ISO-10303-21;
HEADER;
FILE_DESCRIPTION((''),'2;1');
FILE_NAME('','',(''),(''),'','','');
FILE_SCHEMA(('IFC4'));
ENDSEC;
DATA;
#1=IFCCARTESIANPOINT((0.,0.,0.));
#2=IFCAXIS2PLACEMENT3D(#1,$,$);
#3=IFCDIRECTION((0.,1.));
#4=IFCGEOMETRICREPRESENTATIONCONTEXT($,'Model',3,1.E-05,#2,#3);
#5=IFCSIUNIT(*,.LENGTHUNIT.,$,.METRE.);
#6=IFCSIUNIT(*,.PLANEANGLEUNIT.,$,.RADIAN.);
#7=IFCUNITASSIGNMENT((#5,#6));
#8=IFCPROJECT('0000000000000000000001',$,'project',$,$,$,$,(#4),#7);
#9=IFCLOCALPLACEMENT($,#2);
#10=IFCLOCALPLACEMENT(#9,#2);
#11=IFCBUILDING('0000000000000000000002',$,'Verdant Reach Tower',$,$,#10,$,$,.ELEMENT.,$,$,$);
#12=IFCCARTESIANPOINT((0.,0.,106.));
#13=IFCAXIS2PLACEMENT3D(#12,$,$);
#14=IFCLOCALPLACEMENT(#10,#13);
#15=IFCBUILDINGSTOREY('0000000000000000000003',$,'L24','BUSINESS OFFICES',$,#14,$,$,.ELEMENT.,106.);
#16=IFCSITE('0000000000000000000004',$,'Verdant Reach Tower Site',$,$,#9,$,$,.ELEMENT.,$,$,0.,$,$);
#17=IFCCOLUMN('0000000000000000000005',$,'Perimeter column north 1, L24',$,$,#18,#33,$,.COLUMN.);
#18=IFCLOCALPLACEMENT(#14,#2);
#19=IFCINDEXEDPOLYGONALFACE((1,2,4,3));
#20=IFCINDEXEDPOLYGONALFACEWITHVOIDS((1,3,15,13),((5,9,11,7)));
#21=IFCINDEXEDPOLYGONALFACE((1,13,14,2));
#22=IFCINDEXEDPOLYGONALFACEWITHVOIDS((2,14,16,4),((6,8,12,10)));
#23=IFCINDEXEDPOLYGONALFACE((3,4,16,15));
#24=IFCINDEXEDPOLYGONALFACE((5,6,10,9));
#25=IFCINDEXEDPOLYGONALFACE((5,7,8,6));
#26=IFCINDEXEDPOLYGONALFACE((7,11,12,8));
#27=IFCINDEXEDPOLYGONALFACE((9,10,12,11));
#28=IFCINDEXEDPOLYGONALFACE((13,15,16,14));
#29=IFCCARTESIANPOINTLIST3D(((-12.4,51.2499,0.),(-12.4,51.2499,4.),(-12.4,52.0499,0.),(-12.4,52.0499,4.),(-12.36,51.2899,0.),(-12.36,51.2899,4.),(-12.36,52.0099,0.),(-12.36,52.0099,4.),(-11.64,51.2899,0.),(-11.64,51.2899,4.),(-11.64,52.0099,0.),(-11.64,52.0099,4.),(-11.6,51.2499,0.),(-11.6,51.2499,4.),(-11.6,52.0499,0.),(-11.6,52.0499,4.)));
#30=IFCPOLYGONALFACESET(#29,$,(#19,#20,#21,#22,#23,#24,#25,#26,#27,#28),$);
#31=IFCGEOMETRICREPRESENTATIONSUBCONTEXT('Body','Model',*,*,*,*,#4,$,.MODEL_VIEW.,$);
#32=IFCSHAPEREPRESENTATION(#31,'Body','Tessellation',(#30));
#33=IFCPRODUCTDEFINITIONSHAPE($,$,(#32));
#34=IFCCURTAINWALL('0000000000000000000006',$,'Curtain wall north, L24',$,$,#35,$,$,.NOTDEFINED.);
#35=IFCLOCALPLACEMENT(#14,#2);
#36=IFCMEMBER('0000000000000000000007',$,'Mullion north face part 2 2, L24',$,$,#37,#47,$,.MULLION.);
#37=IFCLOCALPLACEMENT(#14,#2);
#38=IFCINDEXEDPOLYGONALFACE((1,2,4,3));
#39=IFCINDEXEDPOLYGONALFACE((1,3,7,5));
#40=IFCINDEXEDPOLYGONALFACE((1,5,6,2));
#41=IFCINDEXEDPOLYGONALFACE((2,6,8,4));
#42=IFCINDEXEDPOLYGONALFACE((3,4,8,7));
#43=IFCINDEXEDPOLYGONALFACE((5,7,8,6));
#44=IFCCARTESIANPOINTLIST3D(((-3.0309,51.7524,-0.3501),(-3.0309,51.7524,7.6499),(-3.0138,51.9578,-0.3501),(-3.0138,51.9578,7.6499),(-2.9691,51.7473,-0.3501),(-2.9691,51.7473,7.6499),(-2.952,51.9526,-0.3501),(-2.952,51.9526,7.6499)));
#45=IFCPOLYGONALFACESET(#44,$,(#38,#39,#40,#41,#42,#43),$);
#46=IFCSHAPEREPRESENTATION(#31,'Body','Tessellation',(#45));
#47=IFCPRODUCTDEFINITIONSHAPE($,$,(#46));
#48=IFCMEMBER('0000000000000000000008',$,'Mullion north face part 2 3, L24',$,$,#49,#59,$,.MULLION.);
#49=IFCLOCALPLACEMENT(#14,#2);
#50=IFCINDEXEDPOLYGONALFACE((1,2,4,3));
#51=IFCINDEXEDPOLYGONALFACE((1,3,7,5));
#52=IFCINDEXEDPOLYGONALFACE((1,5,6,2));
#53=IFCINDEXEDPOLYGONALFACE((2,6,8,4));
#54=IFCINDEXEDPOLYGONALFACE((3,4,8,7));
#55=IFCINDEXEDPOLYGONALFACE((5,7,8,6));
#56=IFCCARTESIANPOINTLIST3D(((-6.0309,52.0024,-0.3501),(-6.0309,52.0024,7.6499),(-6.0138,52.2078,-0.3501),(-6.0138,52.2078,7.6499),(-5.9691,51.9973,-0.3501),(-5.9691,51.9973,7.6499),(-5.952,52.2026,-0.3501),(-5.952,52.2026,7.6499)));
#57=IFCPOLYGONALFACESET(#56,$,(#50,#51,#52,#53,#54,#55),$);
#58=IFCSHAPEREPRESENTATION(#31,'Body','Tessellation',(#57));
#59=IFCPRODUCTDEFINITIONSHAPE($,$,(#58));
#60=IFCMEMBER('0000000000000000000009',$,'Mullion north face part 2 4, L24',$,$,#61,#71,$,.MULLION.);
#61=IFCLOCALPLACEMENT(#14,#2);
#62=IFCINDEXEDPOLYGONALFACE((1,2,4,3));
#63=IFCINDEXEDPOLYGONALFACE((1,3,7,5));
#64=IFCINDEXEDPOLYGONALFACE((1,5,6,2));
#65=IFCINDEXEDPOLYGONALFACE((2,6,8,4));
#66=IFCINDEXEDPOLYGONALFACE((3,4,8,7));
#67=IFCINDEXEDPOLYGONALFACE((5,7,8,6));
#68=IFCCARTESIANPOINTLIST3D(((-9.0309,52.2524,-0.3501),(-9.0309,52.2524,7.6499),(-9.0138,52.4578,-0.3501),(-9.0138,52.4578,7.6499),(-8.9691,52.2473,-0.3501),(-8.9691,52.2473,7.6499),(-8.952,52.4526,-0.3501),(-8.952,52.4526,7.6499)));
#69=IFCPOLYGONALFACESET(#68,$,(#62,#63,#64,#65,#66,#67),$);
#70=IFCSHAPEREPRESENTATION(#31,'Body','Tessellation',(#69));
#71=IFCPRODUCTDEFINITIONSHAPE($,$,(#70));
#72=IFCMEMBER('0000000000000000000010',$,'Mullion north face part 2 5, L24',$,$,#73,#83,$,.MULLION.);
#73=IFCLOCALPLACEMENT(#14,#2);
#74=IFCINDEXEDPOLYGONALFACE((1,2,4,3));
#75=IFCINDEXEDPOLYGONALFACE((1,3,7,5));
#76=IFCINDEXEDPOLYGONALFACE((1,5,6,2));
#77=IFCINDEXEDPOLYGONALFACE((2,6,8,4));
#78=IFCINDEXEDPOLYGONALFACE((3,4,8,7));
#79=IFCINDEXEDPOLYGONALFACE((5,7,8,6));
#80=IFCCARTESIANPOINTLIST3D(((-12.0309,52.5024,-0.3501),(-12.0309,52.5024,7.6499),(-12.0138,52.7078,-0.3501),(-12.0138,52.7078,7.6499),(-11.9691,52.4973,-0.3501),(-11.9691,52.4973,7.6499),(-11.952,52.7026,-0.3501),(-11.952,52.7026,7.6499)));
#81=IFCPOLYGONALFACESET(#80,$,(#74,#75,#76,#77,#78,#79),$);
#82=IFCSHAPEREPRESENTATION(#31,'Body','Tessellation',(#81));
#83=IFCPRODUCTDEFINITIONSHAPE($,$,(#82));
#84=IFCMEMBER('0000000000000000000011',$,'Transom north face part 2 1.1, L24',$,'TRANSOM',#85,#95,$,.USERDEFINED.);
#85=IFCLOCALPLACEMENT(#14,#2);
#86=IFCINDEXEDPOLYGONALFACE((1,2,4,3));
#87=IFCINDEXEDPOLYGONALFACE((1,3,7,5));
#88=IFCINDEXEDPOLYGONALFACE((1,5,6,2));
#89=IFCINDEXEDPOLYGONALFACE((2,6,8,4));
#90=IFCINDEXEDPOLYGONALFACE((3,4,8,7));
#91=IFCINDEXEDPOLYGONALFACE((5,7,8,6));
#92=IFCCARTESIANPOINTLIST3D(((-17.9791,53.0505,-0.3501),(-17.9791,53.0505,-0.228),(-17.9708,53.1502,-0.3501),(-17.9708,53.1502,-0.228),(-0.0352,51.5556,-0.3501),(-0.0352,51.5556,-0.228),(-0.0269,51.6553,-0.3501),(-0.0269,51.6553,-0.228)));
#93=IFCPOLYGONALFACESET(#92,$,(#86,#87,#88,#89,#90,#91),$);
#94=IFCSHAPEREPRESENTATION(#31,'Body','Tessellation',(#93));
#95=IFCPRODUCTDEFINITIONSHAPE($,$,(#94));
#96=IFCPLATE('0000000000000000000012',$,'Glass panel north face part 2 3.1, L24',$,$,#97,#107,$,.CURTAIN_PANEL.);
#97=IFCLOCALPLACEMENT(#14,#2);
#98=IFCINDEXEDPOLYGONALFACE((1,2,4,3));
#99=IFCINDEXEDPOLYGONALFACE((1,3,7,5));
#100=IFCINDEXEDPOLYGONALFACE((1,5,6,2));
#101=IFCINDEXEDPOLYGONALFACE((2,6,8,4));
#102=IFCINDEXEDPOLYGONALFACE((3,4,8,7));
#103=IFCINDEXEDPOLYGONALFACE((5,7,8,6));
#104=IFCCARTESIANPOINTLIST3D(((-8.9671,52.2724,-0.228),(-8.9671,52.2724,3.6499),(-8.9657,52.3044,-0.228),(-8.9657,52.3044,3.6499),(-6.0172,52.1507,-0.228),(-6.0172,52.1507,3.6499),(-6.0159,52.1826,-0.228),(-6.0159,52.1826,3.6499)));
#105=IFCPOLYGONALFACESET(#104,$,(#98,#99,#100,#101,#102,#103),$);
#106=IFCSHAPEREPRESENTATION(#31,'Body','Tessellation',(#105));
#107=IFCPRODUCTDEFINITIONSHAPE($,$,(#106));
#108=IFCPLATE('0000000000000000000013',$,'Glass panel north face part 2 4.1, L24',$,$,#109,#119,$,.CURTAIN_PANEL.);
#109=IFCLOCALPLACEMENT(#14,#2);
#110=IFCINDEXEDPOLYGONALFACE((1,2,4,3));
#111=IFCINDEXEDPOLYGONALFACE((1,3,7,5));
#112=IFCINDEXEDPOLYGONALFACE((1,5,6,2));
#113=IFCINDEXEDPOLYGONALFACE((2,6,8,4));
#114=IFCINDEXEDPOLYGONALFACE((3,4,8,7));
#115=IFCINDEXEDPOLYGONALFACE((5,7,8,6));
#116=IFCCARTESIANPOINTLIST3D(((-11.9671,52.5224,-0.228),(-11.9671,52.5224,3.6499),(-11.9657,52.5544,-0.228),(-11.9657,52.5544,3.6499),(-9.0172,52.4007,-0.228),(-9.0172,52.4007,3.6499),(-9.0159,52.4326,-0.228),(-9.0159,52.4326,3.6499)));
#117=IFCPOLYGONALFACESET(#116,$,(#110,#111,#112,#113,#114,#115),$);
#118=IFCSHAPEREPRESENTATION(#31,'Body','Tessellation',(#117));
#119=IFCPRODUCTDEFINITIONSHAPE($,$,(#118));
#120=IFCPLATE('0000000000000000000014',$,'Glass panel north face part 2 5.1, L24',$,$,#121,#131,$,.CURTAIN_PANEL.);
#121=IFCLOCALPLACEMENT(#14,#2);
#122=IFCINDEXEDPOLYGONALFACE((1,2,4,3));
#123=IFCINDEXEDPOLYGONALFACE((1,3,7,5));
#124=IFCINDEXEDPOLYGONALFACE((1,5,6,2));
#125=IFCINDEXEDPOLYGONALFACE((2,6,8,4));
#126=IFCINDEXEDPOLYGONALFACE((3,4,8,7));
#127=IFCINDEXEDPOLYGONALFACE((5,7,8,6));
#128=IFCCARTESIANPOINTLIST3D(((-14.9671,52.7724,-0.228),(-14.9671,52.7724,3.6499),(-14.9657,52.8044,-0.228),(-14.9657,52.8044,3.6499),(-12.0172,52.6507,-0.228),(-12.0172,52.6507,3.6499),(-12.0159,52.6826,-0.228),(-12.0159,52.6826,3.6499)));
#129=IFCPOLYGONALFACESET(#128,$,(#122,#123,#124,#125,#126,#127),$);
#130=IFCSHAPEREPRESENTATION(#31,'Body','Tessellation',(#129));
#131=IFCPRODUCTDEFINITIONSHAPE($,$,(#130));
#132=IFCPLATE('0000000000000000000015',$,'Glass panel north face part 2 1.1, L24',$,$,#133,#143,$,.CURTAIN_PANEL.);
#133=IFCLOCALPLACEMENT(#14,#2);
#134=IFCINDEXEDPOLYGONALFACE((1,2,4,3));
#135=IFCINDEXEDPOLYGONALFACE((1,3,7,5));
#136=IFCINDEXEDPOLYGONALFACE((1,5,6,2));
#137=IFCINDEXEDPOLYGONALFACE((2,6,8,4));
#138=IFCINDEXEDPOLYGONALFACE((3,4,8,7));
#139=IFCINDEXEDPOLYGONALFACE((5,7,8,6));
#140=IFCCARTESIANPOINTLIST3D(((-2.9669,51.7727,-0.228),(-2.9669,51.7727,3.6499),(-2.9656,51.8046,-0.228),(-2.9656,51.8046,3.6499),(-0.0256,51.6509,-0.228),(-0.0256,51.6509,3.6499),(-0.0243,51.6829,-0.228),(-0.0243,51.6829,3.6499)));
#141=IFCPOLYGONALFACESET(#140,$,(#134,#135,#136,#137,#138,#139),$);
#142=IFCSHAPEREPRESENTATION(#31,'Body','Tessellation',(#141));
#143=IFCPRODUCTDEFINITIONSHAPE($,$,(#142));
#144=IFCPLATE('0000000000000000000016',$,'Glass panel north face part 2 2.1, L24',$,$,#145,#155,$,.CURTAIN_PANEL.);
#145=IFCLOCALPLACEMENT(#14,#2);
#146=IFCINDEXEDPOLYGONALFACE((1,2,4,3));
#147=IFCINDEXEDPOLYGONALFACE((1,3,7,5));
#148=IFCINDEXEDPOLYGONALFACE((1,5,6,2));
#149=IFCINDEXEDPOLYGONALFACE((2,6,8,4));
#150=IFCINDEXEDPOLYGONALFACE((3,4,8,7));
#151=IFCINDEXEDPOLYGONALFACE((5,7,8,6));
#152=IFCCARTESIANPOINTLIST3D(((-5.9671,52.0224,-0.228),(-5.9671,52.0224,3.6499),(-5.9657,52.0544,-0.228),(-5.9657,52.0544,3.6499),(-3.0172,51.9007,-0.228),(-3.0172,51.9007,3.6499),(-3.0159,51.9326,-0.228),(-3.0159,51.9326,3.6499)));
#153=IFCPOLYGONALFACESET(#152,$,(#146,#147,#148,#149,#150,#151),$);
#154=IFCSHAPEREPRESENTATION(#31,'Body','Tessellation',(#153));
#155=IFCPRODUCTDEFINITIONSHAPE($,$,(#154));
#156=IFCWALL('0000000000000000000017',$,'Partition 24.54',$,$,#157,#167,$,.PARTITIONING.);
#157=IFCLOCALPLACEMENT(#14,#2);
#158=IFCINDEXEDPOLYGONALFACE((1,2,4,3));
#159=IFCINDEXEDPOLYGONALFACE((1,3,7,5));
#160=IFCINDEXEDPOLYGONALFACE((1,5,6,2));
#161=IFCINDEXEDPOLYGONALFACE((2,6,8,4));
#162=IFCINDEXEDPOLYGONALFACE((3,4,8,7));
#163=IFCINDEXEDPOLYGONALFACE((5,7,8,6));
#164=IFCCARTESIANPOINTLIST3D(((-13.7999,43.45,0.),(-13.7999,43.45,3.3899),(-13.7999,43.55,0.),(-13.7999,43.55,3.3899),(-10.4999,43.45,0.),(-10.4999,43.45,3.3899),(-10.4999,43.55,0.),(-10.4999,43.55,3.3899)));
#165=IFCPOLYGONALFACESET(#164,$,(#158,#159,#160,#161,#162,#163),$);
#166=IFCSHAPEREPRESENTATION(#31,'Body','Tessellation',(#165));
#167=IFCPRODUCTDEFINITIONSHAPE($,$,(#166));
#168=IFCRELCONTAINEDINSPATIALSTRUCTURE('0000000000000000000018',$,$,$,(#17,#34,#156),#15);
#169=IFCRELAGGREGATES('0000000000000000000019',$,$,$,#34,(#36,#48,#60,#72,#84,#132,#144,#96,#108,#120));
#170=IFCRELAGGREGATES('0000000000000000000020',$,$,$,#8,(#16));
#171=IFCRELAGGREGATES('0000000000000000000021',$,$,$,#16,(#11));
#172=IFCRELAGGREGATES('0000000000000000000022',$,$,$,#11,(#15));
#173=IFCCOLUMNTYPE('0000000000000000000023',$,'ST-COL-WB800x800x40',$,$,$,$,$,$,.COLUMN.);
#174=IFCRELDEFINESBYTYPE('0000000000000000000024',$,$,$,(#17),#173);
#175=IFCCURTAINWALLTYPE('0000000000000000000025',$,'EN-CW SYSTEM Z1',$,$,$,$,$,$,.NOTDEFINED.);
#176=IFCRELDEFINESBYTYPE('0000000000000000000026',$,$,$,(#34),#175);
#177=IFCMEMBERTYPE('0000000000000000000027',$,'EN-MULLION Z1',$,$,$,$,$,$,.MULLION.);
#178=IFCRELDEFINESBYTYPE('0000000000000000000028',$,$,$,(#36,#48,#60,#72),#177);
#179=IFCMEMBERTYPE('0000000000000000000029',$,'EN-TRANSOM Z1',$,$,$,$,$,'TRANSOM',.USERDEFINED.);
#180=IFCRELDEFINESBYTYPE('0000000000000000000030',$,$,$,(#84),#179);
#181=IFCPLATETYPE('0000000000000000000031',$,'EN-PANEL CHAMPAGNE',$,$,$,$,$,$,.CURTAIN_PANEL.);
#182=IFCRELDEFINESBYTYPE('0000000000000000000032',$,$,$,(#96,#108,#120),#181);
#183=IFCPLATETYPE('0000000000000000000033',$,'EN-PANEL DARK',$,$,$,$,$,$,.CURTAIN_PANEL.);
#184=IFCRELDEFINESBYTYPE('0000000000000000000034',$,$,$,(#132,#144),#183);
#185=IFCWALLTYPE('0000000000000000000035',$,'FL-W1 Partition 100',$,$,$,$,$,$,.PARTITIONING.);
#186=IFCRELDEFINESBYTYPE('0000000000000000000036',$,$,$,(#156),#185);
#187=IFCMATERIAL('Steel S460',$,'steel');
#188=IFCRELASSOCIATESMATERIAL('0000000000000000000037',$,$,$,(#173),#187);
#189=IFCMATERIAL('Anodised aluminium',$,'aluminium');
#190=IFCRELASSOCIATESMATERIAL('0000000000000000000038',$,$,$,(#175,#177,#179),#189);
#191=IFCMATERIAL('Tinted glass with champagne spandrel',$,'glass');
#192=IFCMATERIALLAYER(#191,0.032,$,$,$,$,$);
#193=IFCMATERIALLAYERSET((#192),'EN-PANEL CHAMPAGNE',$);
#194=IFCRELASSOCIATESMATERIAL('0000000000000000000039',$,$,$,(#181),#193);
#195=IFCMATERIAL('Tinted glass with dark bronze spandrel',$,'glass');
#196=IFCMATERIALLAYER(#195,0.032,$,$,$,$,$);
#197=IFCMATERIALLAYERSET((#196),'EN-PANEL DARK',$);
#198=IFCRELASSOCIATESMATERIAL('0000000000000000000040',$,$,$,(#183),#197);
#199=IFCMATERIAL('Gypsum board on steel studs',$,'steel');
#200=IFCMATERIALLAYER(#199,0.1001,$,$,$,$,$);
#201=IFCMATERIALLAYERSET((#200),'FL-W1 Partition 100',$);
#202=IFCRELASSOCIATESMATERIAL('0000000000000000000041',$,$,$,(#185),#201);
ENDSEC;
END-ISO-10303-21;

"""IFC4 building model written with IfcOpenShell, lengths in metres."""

from ifc_helpers import new_model, si_unit, direction, frame, frame_2d, origin, origin_2d, place, context, subcontext, project, spatial, rectangle, hollow_rectangle, extrude, material, layer, layer_set, material_profile, profile_set, type_object, element, aggregate, save


model = new_model("IFC4")

# Units and contexts
model_context = context("Model", 3, precision=1e-05, world=origin(), true_north=direction((0.0, 1.0)))
body_context = subcontext(model_context, "Body", "Model", "MODEL_VIEW")
ifc_project = project(units=[si_unit("LENGTHUNIT", "METRE"), si_unit("PLANEANGLEUNIT", "RADIAN")], contexts=[model_context])

# Site, building, storey
site_placement = place(None, origin())
site = spatial("IfcSite", under=ifc_project, at=site_placement, Name="Verdant Reach Tower Site", CompositionType="ELEMENT", RefElevation=0.0)
building_placement = place(site_placement, origin())
building = spatial("IfcBuilding", under=site, at=building_placement, Name="Verdant Reach Tower", CompositionType="ELEMENT")
storey_placement = place(building_placement, frame((0.0, 0.0, 106.0)))
storey = spatial("IfcBuildingStorey", under=building, at=storey_placement, Name="L24", Description="BUSINESS OFFICES", CompositionType="ELEMENT", Elevation=106.0)

# Column
ifc_material_1 = material(Name="Steel S460", Category="steel")
ifc_material_profile_1 = material_profile(ifc_material_1, hollow_rectangle(XDim=0.8, YDim=0.8, WallThickness=0.04, at=origin_2d()), Name="WB 800x800x40")
ifc_profile_set_1 = profile_set([ifc_material_profile_1], Name="Steel S460")
column_type = type_object("IfcColumnType", Name="ST-COL-WB800x800x40", PredefinedType="COLUMN", material=ifc_profile_set_1)
column_placement = place(storey_placement, frame((-12.0, 51.6499, 0.0), z_axis=(0.0, 0.0, 1.0), x_axis=(1.0, 0.0, 0.0)))
element("IfcColumn", 1, at=column_placement, inside=storey, type_object=column_type, Name="Perimeter column north 1, L24", PredefinedType="COLUMN", context=body_context, shape_type="SweptSolid", body=[
    extrude(hollow_rectangle(XDim=0.8, YDim=0.8, WallThickness=0.04, at=origin_2d()), origin(), (0.0, 0.0, 1.0), 4.0),
])

# Curtain wall, members, plates
ifc_material_2 = material(Name="Anodised aluminium", Category="aluminium")
curtain_wall_type = type_object("IfcCurtainWallType", Name="EN-CW SYSTEM Z1", PredefinedType="NOTDEFINED", material=ifc_material_2)
curtain_wall_placement = place(storey_placement, origin())
curtain_wall = element("IfcCurtainWall", 2, at=curtain_wall_placement, inside=storey, type_object=curtain_wall_type, Name="Curtain wall north, L24", PredefinedType="NOTDEFINED")
ifc_material_profile_2 = material_profile(ifc_material_2, rectangle(XDim=0.2061, YDim=0.062, at=origin_2d()), Name="Mullion 62x206")
ifc_profile_set_2 = profile_set([ifc_material_profile_2], Name="Anodised aluminium")
member_type_1 = type_object("IfcMemberType", Name="EN-MULLION Z1", PredefinedType="MULLION", material=ifc_profile_set_2)
member_1_placement = place(storey_placement, frame((-2.9915, 51.8525, -0.3501), z_axis=(0.0, 0.0, 1.0), x_axis=(0.083045, 0.996546, 0.0)))
member_1 = element("IfcMember", 3, at=member_1_placement, type_object=member_type_1, Name="Mullion north face part 2 2, L24", PredefinedType="MULLION", context=body_context, shape_type="SweptSolid", body=[
    extrude(rectangle(XDim=0.2061, YDim=0.062, at=origin_2d()), origin(), (0.0, 0.0, 1.0), 8.0),
])
member_2_placement = place(storey_placement, frame((-5.9915, 52.1025, -0.3501), z_axis=(0.0, 0.0, 1.0), x_axis=(0.083045, 0.996546, 0.0)))
member_2 = element("IfcMember", 4, at=member_2_placement, type_object=member_type_1, Name="Mullion north face part 2 3, L24", PredefinedType="MULLION", context=body_context, shape_type="SweptSolid", body=[
    extrude(rectangle(XDim=0.2061, YDim=0.062, at=origin_2d()), origin(), (0.0, 0.0, 1.0), 8.0),
])
member_3_placement = place(storey_placement, frame((-8.9915, 52.3525, -0.3501), z_axis=(0.0, 0.0, 1.0), x_axis=(0.083045, 0.996546, 0.0)))
member_3 = element("IfcMember", 5, at=member_3_placement, type_object=member_type_1, Name="Mullion north face part 2 4, L24", PredefinedType="MULLION", context=body_context, shape_type="SweptSolid", body=[
    extrude(rectangle(XDim=0.2061, YDim=0.062, at=origin_2d()), origin(), (0.0, 0.0, 1.0), 8.0),
])
member_4_placement = place(storey_placement, frame((-11.9915, 52.6025, -0.3501), z_axis=(0.0, 0.0, 1.0), x_axis=(0.083045, 0.996546, 0.0)))
member_4 = element("IfcMember", 6, at=member_4_placement, type_object=member_type_1, Name="Mullion north face part 2 5, L24", PredefinedType="MULLION", context=body_context, shape_type="SweptSolid", body=[
    extrude(rectangle(XDim=0.2061, YDim=0.062, at=origin_2d()), origin(), (0.0, 0.0, 1.0), 8.0),
])
ifc_material_profile_3 = material_profile(ifc_material_2, rectangle(XDim=0.1001, YDim=0.1221, at=origin_2d()), Name="Transom 122x100")
ifc_profile_set_3 = profile_set([ifc_material_profile_3], Name="Anodised aluminium")
member_type_2 = type_object("IfcMemberType", Name="EN-TRANSOM Z1", ElementType="TRANSOM", PredefinedType="USERDEFINED", material=ifc_profile_set_3)
member_5_placement = place(storey_placement, frame((-0.031, 51.6055, -0.2891), z_axis=(-0.996548, 0.083021, 0.0), x_axis=(-0.083021, -0.996548, 0.0)))
member_5 = element("IfcMember", 7, at=member_5_placement, type_object=member_type_2, Name="Transom north face part 2 1.1, L24", ObjectType="TRANSOM", PredefinedType="USERDEFINED", context=body_context, shape_type="SweptSolid", body=[
    extrude(rectangle(XDim=0.1001, YDim=0.1221, at=origin_2d()), origin(), (0.0, 0.0, 1.0), 18.0061),
])
ifc_material_3 = material(Name="Tinted glass with champagne spandrel", Category="glass")
ifc_layer_1 = layer(ifc_material_3, 0.032)
ifc_layer_set_1 = layer_set([ifc_layer_1], Name="EN-PANEL CHAMPAGNE")
plate_type_1 = type_object("IfcPlateType", Name="EN-PANEL CHAMPAGNE", PredefinedType="CURTAIN_PANEL", material=ifc_layer_set_1)
plate_1_placement = place(storey_placement, frame((-7.4915, 52.2275, -0.228), z_axis=(0.0, 0.0, 1.0), x_axis=(-0.999149, 0.041242, 0.0)))
plate_1 = element("IfcPlate", 8, at=plate_1_placement, type_object=plate_type_1, Name="Glass panel north face part 2 3.1, L24", PredefinedType="CURTAIN_PANEL", context=body_context, shape_type="SweptSolid", body=[
    extrude(rectangle(XDim=2.9524, YDim=0.032, at=origin_2d()), origin(), (0.0, 0.0, 1.0), 3.8779),
])
plate_2_placement = place(storey_placement, frame((-10.4915, 52.4775, -0.228), z_axis=(0.0, 0.0, 1.0), x_axis=(-0.999149, 0.041242, 0.0)))
plate_2 = element("IfcPlate", 9, at=plate_2_placement, type_object=plate_type_1, Name="Glass panel north face part 2 4.1, L24", PredefinedType="CURTAIN_PANEL", context=body_context, shape_type="SweptSolid", body=[
    extrude(rectangle(XDim=2.9524, YDim=0.032, at=origin_2d()), origin(), (0.0, 0.0, 1.0), 3.8779),
])
plate_3_placement = place(storey_placement, frame((-13.4915, 52.7275, -0.228), z_axis=(0.0, 0.0, 1.0), x_axis=(-0.999149, 0.041242, 0.0)))
plate_3 = element("IfcPlate", 10, at=plate_3_placement, type_object=plate_type_1, Name="Glass panel north face part 2 5.1, L24", PredefinedType="CURTAIN_PANEL", context=body_context, shape_type="SweptSolid", body=[
    extrude(rectangle(XDim=2.9524, YDim=0.032, at=origin_2d()), origin(), (0.0, 0.0, 1.0), 3.8779),
])
ifc_material_4 = material(Name="Tinted glass with dark bronze spandrel", Category="glass")
ifc_layer_2 = layer(ifc_material_4, 0.032)
ifc_layer_set_2 = layer_set([ifc_layer_2], Name="EN-PANEL DARK")
plate_type_2 = type_object("IfcPlateType", Name="EN-PANEL DARK", PredefinedType="CURTAIN_PANEL", material=ifc_layer_set_2)
plate_4_placement = place(storey_placement, frame((-1.4956, 51.7278, -0.228), z_axis=(0.0, 0.0, 1.0), x_axis=(-0.999144, 0.04136, 0.0)))
plate_4 = element("IfcPlate", 11, at=plate_4_placement, type_object=plate_type_2, Name="Glass panel north face part 2 1.1, L24", PredefinedType="CURTAIN_PANEL", context=body_context, shape_type="SweptSolid", body=[
    extrude(rectangle(XDim=2.9438, YDim=0.032, at=origin_2d()), origin(), (0.0, 0.0, 1.0), 3.8779),
])
plate_5_placement = place(storey_placement, frame((-4.4915, 51.9775, -0.228), z_axis=(0.0, 0.0, 1.0), x_axis=(-0.999149, 0.041242, 0.0)))
plate_5 = element("IfcPlate", 12, at=plate_5_placement, type_object=plate_type_2, Name="Glass panel north face part 2 2.1, L24", PredefinedType="CURTAIN_PANEL", context=body_context, shape_type="SweptSolid", body=[
    extrude(rectangle(XDim=2.9524, YDim=0.032, at=origin_2d()), origin(), (0.0, 0.0, 1.0), 3.8779),
])
aggregate(curtain_wall, [member_1, member_2, member_3, member_4, member_5, plate_4, plate_5, plate_1, plate_2, plate_3])

# Wall
ifc_material_5 = material(Name="Gypsum board on steel studs", Category="steel")
ifc_layer_3 = layer(ifc_material_5, 0.1001)
ifc_layer_set_3 = layer_set([ifc_layer_3], Name="FL-W1 Partition 100")
wall_type_1 = type_object("IfcWallType", Name="FL-W1 Partition 100", PredefinedType="PARTITIONING", material=ifc_layer_set_3)
wall_1_placement = place(storey_placement, frame((-10.5, 43.5, 0.0), z_axis=(0.0, 0.0, 1.0), x_axis=(-1.0, 0.0, 0.0)))
element("IfcWall", 13, at=wall_1_placement, inside=storey, type_object=wall_type_1, Name="Partition 24.54", PredefinedType="PARTITIONING", context=body_context, shape_type="SweptSolid", body=[
    extrude(rectangle(XDim=3.3, YDim=0.1001, at=frame_2d((1.6499, 0.0))), origin(), (0.0, 0.0, 1.0), 3.3899),
])

save(model, "model.ifc")
